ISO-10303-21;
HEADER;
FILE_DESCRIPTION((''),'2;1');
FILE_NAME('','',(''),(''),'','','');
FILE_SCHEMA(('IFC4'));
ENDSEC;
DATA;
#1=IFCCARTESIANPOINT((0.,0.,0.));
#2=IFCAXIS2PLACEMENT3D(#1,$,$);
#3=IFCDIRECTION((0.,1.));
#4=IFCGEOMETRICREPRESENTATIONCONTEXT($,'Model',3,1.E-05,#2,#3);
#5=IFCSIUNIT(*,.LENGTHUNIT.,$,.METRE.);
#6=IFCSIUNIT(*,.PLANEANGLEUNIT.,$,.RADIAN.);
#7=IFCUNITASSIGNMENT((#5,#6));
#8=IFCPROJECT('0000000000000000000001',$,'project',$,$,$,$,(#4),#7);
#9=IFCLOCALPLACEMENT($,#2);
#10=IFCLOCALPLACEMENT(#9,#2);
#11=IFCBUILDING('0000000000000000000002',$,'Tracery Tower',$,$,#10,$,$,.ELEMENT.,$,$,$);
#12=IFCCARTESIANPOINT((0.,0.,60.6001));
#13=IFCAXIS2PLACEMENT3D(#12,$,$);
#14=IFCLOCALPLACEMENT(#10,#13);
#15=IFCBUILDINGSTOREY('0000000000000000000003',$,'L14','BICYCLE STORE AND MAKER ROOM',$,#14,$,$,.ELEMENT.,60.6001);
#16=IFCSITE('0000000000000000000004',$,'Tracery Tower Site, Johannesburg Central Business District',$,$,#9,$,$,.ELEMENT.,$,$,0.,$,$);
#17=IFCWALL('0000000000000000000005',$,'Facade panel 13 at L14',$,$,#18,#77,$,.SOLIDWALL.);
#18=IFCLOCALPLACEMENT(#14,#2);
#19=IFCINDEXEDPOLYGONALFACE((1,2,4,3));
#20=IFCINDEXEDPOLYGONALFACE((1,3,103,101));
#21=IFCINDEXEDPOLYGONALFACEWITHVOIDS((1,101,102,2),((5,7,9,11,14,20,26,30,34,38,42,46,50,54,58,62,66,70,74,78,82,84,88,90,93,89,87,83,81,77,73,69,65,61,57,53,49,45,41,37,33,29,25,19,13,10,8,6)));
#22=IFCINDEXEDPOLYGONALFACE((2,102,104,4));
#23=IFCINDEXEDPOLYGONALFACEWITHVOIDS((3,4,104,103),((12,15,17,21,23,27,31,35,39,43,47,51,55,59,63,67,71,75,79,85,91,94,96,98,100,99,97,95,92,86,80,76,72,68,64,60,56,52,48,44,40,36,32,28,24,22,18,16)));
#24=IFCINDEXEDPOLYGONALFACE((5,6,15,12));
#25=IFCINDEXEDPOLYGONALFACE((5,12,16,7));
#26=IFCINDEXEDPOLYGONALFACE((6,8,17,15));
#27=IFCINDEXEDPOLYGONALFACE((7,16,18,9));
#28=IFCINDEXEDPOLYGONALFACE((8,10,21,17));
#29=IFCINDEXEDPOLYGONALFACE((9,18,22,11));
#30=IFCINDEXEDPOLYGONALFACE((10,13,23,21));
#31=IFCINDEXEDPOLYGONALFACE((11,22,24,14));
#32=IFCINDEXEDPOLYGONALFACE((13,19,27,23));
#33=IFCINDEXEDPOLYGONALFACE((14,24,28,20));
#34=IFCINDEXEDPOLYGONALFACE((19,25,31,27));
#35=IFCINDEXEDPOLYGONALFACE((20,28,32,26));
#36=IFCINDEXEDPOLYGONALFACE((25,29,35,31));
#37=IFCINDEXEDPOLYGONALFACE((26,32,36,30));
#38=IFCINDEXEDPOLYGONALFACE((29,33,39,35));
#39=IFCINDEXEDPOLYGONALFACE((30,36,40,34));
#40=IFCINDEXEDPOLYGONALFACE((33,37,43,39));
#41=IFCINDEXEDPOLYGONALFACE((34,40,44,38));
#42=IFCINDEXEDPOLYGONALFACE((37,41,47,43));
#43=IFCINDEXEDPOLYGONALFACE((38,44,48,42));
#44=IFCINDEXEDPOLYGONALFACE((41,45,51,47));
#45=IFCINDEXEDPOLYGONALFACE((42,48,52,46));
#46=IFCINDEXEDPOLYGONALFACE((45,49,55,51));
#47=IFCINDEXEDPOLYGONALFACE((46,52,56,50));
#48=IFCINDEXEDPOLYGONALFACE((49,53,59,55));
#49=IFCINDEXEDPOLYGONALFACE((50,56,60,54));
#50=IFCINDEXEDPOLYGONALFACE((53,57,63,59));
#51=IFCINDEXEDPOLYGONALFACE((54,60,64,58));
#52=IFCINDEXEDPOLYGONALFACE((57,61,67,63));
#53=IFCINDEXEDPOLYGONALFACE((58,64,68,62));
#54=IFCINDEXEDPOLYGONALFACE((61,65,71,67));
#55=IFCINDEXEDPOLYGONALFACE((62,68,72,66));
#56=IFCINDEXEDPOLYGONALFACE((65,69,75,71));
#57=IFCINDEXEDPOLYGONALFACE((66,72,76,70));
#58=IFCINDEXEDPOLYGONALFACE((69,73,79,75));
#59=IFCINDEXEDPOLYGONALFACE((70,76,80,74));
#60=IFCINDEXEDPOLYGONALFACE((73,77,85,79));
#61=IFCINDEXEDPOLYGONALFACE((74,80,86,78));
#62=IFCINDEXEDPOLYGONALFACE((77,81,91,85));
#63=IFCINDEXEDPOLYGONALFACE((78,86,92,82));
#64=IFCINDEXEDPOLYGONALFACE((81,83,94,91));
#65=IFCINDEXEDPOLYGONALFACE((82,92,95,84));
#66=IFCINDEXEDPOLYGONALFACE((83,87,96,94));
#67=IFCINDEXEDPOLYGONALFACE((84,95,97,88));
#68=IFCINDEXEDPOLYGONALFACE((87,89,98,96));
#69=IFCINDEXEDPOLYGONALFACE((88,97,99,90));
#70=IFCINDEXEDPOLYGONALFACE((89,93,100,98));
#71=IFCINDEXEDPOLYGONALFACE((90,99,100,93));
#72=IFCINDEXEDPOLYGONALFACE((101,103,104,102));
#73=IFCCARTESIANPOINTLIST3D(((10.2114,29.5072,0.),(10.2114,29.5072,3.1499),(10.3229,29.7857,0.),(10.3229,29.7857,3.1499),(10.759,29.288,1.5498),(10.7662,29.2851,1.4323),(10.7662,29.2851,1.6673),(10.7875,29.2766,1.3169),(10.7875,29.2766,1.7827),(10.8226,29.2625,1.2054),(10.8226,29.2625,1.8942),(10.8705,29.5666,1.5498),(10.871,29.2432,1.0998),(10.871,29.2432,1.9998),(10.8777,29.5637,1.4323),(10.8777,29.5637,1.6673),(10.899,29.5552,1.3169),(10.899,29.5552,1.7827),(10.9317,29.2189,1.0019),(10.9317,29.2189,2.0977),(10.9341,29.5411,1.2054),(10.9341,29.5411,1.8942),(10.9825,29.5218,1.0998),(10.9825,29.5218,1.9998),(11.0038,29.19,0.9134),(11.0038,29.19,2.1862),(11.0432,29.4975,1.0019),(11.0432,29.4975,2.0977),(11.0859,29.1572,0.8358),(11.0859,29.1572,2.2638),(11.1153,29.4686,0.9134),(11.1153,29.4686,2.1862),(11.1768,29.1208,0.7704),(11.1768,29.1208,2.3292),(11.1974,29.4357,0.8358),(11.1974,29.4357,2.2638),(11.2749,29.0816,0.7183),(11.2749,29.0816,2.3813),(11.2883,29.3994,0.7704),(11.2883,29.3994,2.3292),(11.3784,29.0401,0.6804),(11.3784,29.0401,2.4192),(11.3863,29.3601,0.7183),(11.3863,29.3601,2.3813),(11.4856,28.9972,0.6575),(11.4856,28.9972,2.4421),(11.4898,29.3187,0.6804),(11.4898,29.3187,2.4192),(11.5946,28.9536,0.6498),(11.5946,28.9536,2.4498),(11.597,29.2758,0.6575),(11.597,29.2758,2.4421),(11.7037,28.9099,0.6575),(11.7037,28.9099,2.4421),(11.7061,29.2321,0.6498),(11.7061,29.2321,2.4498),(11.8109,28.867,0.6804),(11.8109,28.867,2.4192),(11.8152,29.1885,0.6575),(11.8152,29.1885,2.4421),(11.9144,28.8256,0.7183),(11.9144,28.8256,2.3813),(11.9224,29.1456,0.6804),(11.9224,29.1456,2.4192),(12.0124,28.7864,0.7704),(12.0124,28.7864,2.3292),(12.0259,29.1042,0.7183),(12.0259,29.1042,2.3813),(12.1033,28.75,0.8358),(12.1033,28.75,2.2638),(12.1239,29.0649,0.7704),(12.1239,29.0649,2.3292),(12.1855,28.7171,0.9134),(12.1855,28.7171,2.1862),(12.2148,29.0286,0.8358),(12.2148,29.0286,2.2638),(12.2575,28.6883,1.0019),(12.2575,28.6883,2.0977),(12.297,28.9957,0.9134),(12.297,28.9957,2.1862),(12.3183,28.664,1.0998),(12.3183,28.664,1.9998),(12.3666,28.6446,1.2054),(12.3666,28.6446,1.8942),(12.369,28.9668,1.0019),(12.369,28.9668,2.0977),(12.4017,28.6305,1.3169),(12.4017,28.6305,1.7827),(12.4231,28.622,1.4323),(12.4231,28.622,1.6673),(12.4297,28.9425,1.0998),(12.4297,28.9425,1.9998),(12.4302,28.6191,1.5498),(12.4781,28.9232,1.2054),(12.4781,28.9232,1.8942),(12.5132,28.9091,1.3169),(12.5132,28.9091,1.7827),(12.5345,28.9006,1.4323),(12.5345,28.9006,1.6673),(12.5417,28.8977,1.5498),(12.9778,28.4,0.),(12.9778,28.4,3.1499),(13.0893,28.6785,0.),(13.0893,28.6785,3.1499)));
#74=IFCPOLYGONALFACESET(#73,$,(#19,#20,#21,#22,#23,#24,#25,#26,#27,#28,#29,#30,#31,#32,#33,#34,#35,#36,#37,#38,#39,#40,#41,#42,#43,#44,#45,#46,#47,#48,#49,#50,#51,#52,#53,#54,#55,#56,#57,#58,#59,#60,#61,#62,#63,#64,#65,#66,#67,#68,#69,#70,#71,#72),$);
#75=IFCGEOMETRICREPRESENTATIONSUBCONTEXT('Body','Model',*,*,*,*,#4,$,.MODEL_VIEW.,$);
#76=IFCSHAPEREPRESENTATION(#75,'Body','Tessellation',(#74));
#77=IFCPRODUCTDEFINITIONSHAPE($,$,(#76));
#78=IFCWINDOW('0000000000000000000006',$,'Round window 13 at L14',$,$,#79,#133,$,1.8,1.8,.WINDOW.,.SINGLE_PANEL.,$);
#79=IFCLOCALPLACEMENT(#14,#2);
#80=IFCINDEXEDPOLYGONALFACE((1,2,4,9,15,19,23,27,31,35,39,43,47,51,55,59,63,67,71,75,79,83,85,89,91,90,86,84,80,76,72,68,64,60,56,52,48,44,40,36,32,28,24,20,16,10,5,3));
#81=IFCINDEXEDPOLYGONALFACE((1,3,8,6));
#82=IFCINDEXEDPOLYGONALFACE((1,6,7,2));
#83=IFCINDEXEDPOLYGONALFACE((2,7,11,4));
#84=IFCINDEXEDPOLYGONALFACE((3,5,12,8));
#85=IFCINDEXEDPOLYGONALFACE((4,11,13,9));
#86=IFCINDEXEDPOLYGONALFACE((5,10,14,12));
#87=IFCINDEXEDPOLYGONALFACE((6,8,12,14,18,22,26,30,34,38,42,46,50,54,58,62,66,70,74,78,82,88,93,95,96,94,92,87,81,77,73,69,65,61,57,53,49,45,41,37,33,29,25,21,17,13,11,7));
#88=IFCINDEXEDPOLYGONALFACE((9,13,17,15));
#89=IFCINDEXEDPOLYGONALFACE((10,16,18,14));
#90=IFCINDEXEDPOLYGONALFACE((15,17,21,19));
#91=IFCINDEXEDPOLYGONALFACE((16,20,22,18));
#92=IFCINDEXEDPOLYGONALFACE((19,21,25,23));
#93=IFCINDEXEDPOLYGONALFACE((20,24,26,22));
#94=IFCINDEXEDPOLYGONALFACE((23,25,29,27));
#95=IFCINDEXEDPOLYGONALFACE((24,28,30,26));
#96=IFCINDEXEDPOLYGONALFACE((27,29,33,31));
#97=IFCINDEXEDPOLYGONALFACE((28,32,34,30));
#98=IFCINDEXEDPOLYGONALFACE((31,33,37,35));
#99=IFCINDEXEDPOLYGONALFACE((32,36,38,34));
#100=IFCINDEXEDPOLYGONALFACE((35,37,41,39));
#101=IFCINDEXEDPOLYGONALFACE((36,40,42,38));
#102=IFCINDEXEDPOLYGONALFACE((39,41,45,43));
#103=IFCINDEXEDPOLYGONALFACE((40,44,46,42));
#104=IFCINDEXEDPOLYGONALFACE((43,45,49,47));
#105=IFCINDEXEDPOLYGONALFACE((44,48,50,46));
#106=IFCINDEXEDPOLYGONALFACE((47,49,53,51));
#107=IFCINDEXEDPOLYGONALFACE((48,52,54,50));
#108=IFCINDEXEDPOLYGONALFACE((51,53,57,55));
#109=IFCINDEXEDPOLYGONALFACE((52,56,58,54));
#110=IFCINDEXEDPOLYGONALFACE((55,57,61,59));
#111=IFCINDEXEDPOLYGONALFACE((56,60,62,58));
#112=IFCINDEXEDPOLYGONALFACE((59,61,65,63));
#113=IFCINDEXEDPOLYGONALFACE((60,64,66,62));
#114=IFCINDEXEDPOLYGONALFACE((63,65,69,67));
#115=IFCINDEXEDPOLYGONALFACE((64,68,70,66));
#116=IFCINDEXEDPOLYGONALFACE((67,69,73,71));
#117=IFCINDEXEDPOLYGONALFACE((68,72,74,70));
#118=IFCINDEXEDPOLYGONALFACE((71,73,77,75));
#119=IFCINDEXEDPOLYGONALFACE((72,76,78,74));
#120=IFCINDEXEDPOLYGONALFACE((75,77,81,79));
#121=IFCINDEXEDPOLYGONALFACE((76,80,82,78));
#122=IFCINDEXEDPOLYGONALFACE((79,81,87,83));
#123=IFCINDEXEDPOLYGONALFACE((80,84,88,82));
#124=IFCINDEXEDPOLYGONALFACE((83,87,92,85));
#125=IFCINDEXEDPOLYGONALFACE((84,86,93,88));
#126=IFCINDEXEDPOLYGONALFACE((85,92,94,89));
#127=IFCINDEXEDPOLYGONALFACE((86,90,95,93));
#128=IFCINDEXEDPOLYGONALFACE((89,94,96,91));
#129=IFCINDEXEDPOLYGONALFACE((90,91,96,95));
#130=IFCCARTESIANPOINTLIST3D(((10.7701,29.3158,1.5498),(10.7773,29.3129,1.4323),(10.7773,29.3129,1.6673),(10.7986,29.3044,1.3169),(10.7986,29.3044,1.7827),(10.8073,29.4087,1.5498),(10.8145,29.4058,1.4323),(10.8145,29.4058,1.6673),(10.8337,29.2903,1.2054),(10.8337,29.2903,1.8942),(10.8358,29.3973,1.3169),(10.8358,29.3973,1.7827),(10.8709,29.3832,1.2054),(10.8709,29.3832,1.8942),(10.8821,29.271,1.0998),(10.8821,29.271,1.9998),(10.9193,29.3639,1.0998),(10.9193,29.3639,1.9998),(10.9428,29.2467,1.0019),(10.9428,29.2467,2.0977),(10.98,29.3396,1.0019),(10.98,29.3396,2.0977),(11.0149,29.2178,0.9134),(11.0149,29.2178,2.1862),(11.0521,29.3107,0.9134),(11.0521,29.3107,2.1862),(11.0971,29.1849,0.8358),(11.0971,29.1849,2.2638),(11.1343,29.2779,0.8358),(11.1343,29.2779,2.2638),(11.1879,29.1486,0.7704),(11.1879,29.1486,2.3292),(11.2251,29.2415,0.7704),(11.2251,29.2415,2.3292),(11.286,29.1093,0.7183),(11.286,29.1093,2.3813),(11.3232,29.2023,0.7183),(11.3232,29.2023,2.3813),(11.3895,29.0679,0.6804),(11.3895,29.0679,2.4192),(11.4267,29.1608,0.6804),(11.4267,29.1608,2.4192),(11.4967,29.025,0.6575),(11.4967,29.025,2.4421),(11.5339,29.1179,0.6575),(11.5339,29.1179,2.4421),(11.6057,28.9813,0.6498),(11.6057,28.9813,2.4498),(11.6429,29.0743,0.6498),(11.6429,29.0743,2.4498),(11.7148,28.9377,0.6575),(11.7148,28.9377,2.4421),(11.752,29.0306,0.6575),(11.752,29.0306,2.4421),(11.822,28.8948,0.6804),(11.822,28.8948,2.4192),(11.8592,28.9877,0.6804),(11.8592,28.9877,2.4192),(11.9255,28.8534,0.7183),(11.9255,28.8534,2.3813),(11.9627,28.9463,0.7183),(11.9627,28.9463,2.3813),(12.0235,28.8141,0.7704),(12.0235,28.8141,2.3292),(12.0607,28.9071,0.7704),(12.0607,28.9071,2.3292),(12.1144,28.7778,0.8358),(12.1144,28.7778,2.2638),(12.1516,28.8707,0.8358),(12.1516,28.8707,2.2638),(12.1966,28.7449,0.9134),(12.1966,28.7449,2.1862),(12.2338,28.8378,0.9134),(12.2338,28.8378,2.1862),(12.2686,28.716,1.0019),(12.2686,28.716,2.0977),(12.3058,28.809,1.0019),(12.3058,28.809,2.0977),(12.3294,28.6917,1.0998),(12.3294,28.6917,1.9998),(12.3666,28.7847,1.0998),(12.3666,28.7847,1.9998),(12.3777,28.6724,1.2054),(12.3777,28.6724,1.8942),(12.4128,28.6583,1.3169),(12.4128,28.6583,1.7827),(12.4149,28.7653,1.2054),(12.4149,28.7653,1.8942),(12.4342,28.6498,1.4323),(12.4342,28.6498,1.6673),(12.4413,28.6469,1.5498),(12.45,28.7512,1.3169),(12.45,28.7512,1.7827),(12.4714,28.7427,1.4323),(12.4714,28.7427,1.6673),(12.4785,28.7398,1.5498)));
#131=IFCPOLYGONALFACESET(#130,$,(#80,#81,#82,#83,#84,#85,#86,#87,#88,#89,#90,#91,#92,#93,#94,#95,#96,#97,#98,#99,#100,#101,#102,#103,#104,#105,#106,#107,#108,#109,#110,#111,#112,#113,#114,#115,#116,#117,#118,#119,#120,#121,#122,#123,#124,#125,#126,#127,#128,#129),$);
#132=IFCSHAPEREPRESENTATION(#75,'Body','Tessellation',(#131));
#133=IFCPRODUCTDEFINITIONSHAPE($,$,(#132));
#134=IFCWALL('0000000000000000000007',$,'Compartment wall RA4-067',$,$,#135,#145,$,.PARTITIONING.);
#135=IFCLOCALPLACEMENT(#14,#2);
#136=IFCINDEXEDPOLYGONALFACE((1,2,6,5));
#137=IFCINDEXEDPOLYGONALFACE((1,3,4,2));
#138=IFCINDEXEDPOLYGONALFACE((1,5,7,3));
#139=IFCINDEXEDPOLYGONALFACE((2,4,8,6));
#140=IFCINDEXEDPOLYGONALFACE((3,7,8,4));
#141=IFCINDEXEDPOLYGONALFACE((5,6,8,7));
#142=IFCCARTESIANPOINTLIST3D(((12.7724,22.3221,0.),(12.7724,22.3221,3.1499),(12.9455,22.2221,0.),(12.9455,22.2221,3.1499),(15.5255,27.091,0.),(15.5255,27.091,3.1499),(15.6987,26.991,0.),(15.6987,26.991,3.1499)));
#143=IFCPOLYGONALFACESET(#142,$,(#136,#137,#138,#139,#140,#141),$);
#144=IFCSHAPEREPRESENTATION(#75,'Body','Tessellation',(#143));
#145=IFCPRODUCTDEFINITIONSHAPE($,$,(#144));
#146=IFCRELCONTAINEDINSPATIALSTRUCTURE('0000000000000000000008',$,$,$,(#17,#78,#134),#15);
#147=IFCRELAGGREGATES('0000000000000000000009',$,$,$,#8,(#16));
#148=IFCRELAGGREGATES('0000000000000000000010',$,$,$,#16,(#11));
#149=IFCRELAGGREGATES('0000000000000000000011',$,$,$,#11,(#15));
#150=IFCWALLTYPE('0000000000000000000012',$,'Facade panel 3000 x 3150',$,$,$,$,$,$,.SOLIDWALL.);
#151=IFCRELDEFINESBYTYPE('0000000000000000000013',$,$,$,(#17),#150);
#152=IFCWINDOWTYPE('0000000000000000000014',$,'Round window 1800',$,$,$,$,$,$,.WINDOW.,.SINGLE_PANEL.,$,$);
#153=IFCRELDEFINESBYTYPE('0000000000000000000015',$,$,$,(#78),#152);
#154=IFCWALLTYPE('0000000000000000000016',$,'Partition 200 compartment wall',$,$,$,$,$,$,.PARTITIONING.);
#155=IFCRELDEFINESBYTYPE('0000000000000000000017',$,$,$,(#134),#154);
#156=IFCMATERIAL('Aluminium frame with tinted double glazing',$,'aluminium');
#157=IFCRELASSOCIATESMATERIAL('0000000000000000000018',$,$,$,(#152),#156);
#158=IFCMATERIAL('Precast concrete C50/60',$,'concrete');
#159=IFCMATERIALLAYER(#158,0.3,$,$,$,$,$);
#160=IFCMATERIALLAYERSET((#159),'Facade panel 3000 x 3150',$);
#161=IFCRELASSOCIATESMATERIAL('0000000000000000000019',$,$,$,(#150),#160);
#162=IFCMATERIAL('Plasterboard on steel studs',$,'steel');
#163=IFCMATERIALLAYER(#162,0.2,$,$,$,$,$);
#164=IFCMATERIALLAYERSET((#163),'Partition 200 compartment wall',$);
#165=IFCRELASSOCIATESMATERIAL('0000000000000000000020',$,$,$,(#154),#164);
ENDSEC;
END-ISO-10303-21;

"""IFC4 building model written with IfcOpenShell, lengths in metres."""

from ifc_helpers import new_model, si_unit, direction, frame, frame_2d, origin, origin_2d, place, context, subcontext, project, spatial, rectangle, circle, extrude, material, layer, layer_set, type_object, element, fill, save


model = new_model("IFC4")

# Units and contexts
model_context = context("Model", 3, precision=1e-05, world=origin(), true_north=direction((0.0, 1.0)))
body_context = subcontext(model_context, "Body", "Model", "MODEL_VIEW")
ifc_project = project(units=[si_unit("LENGTHUNIT", "METRE"), si_unit("PLANEANGLEUNIT", "RADIAN")], contexts=[model_context])

# Site, building, storey
site_placement = place(None, origin())
site = spatial("IfcSite", under=ifc_project, at=site_placement, Name="Tracery Tower Site, Johannesburg Central Business District", CompositionType="ELEMENT", RefElevation=0.0)
building_placement = place(site_placement, origin())
building = spatial("IfcBuilding", under=site, at=building_placement, Name="Tracery Tower", CompositionType="ELEMENT")
storey_placement = place(building_placement, frame((0.0, 0.0, 60.6001)))
storey = spatial("IfcBuildingStorey", under=building, at=storey_placement, Name="L14", Description="BICYCLE STORE AND MAKER ROOM", CompositionType="ELEMENT", Elevation=60.6001)

# Wall, opening, window
ifc_material_1 = material(Name="Aluminium frame with tinted double glazing", Category="aluminium")
window_type = type_object("IfcWindowType", Name="Round window 1800", PartitioningType="SINGLE_PANEL", PredefinedType="WINDOW", material=ifc_material_1)
ifc_material_2 = material(Name="Precast concrete C50/60", Category="concrete")
ifc_layer_1 = layer(ifc_material_2, 0.3)
ifc_layer_set_1 = layer_set([ifc_layer_1], Name="Facade panel 3000 x 3150")
wall_type_1 = type_object("IfcWallType", Name="Facade panel 3000 x 3150", PredefinedType="SOLIDWALL", material=ifc_layer_set_1)
wall_1_placement = place(storey_placement, frame((13.0334, 28.5393, 0.0), z_axis=(0.0, 0.0, 1.0), x_axis=(-0.928403, 0.371574, 0.0)))
wall_1 = element("IfcWall", 1, at=wall_1_placement, inside=storey, type_object=wall_type_1, Name="Facade panel 13 at L14", PredefinedType="SOLIDWALL", context=body_context, shape_type="SweptSolid", body=[
    extrude(rectangle(XDim=2.9797, YDim=0.3, at=frame_2d((1.4897, 0.0))), origin(), (0.0, 0.0, 1.0), 3.1499),
])
opening_1_placement = place(wall_1_placement, frame((1.4897, 0.0, 1.5498)))
opening_1 = element("IfcOpeningElement", 2, at=opening_1_placement, cuts=wall_1, PredefinedType="OPENING", context=body_context, shape_type="SweptSolid", body=[
    extrude(circle(Radius=0.9, at=origin_2d()), frame((0.0, 0.1599, 0.0), z_axis=(0.0, -1.0, 0.0), x_axis=(1.0, 0.0, 0.0)), (0.0, 0.0, 1.0), 0.3201),
])
window_1_placement = place(opening_1_placement, origin())
window_1 = element("IfcWindow", 3, at=window_1_placement, inside=storey, type_object=window_type, Name="Round window 13 at L14", OverallHeight=1.8, OverallWidth=1.8, PartitioningType="SINGLE_PANEL", PredefinedType="WINDOW", context=body_context, shape_type="SweptSolid", body=[
    extrude(circle(Radius=0.9, at=origin_2d()), frame((0.0, 0.1201, 0.0), z_axis=(0.0, -1.0, 0.0), x_axis=(1.0, 0.0, 0.0)), (0.0, 0.0, 1.0), 0.1001),
])
fill(opening_1, window_1)

# Wall
ifc_material_3 = material(Name="Plasterboard on steel studs", Category="steel")
ifc_layer_2 = layer(ifc_material_3, 0.2)
ifc_layer_set_2 = layer_set([ifc_layer_2], Name="Partition 200 compartment wall")
wall_type_2 = type_object("IfcWallType", Name="Partition 200 compartment wall", PredefinedType="PARTITIONING", material=ifc_layer_set_2)
wall_2_placement = place(storey_placement, frame((12.8589, 22.272, 0.0), z_axis=(0.0, 0.0, 1.0), x_axis=(0.499968, 0.866044, 0.0)))
element("IfcWall", 4, at=wall_2_placement, inside=storey, type_object=wall_type_2, Name="Compartment wall RA4-067", PredefinedType="PARTITIONING", context=body_context, shape_type="SweptSolid", body=[
    extrude(rectangle(XDim=5.5066, YDim=0.2, at=frame_2d((2.7534, 0.0))), origin(), (0.0, 0.0, 1.0), 3.1499),
])

save(model, "model.ifc")
